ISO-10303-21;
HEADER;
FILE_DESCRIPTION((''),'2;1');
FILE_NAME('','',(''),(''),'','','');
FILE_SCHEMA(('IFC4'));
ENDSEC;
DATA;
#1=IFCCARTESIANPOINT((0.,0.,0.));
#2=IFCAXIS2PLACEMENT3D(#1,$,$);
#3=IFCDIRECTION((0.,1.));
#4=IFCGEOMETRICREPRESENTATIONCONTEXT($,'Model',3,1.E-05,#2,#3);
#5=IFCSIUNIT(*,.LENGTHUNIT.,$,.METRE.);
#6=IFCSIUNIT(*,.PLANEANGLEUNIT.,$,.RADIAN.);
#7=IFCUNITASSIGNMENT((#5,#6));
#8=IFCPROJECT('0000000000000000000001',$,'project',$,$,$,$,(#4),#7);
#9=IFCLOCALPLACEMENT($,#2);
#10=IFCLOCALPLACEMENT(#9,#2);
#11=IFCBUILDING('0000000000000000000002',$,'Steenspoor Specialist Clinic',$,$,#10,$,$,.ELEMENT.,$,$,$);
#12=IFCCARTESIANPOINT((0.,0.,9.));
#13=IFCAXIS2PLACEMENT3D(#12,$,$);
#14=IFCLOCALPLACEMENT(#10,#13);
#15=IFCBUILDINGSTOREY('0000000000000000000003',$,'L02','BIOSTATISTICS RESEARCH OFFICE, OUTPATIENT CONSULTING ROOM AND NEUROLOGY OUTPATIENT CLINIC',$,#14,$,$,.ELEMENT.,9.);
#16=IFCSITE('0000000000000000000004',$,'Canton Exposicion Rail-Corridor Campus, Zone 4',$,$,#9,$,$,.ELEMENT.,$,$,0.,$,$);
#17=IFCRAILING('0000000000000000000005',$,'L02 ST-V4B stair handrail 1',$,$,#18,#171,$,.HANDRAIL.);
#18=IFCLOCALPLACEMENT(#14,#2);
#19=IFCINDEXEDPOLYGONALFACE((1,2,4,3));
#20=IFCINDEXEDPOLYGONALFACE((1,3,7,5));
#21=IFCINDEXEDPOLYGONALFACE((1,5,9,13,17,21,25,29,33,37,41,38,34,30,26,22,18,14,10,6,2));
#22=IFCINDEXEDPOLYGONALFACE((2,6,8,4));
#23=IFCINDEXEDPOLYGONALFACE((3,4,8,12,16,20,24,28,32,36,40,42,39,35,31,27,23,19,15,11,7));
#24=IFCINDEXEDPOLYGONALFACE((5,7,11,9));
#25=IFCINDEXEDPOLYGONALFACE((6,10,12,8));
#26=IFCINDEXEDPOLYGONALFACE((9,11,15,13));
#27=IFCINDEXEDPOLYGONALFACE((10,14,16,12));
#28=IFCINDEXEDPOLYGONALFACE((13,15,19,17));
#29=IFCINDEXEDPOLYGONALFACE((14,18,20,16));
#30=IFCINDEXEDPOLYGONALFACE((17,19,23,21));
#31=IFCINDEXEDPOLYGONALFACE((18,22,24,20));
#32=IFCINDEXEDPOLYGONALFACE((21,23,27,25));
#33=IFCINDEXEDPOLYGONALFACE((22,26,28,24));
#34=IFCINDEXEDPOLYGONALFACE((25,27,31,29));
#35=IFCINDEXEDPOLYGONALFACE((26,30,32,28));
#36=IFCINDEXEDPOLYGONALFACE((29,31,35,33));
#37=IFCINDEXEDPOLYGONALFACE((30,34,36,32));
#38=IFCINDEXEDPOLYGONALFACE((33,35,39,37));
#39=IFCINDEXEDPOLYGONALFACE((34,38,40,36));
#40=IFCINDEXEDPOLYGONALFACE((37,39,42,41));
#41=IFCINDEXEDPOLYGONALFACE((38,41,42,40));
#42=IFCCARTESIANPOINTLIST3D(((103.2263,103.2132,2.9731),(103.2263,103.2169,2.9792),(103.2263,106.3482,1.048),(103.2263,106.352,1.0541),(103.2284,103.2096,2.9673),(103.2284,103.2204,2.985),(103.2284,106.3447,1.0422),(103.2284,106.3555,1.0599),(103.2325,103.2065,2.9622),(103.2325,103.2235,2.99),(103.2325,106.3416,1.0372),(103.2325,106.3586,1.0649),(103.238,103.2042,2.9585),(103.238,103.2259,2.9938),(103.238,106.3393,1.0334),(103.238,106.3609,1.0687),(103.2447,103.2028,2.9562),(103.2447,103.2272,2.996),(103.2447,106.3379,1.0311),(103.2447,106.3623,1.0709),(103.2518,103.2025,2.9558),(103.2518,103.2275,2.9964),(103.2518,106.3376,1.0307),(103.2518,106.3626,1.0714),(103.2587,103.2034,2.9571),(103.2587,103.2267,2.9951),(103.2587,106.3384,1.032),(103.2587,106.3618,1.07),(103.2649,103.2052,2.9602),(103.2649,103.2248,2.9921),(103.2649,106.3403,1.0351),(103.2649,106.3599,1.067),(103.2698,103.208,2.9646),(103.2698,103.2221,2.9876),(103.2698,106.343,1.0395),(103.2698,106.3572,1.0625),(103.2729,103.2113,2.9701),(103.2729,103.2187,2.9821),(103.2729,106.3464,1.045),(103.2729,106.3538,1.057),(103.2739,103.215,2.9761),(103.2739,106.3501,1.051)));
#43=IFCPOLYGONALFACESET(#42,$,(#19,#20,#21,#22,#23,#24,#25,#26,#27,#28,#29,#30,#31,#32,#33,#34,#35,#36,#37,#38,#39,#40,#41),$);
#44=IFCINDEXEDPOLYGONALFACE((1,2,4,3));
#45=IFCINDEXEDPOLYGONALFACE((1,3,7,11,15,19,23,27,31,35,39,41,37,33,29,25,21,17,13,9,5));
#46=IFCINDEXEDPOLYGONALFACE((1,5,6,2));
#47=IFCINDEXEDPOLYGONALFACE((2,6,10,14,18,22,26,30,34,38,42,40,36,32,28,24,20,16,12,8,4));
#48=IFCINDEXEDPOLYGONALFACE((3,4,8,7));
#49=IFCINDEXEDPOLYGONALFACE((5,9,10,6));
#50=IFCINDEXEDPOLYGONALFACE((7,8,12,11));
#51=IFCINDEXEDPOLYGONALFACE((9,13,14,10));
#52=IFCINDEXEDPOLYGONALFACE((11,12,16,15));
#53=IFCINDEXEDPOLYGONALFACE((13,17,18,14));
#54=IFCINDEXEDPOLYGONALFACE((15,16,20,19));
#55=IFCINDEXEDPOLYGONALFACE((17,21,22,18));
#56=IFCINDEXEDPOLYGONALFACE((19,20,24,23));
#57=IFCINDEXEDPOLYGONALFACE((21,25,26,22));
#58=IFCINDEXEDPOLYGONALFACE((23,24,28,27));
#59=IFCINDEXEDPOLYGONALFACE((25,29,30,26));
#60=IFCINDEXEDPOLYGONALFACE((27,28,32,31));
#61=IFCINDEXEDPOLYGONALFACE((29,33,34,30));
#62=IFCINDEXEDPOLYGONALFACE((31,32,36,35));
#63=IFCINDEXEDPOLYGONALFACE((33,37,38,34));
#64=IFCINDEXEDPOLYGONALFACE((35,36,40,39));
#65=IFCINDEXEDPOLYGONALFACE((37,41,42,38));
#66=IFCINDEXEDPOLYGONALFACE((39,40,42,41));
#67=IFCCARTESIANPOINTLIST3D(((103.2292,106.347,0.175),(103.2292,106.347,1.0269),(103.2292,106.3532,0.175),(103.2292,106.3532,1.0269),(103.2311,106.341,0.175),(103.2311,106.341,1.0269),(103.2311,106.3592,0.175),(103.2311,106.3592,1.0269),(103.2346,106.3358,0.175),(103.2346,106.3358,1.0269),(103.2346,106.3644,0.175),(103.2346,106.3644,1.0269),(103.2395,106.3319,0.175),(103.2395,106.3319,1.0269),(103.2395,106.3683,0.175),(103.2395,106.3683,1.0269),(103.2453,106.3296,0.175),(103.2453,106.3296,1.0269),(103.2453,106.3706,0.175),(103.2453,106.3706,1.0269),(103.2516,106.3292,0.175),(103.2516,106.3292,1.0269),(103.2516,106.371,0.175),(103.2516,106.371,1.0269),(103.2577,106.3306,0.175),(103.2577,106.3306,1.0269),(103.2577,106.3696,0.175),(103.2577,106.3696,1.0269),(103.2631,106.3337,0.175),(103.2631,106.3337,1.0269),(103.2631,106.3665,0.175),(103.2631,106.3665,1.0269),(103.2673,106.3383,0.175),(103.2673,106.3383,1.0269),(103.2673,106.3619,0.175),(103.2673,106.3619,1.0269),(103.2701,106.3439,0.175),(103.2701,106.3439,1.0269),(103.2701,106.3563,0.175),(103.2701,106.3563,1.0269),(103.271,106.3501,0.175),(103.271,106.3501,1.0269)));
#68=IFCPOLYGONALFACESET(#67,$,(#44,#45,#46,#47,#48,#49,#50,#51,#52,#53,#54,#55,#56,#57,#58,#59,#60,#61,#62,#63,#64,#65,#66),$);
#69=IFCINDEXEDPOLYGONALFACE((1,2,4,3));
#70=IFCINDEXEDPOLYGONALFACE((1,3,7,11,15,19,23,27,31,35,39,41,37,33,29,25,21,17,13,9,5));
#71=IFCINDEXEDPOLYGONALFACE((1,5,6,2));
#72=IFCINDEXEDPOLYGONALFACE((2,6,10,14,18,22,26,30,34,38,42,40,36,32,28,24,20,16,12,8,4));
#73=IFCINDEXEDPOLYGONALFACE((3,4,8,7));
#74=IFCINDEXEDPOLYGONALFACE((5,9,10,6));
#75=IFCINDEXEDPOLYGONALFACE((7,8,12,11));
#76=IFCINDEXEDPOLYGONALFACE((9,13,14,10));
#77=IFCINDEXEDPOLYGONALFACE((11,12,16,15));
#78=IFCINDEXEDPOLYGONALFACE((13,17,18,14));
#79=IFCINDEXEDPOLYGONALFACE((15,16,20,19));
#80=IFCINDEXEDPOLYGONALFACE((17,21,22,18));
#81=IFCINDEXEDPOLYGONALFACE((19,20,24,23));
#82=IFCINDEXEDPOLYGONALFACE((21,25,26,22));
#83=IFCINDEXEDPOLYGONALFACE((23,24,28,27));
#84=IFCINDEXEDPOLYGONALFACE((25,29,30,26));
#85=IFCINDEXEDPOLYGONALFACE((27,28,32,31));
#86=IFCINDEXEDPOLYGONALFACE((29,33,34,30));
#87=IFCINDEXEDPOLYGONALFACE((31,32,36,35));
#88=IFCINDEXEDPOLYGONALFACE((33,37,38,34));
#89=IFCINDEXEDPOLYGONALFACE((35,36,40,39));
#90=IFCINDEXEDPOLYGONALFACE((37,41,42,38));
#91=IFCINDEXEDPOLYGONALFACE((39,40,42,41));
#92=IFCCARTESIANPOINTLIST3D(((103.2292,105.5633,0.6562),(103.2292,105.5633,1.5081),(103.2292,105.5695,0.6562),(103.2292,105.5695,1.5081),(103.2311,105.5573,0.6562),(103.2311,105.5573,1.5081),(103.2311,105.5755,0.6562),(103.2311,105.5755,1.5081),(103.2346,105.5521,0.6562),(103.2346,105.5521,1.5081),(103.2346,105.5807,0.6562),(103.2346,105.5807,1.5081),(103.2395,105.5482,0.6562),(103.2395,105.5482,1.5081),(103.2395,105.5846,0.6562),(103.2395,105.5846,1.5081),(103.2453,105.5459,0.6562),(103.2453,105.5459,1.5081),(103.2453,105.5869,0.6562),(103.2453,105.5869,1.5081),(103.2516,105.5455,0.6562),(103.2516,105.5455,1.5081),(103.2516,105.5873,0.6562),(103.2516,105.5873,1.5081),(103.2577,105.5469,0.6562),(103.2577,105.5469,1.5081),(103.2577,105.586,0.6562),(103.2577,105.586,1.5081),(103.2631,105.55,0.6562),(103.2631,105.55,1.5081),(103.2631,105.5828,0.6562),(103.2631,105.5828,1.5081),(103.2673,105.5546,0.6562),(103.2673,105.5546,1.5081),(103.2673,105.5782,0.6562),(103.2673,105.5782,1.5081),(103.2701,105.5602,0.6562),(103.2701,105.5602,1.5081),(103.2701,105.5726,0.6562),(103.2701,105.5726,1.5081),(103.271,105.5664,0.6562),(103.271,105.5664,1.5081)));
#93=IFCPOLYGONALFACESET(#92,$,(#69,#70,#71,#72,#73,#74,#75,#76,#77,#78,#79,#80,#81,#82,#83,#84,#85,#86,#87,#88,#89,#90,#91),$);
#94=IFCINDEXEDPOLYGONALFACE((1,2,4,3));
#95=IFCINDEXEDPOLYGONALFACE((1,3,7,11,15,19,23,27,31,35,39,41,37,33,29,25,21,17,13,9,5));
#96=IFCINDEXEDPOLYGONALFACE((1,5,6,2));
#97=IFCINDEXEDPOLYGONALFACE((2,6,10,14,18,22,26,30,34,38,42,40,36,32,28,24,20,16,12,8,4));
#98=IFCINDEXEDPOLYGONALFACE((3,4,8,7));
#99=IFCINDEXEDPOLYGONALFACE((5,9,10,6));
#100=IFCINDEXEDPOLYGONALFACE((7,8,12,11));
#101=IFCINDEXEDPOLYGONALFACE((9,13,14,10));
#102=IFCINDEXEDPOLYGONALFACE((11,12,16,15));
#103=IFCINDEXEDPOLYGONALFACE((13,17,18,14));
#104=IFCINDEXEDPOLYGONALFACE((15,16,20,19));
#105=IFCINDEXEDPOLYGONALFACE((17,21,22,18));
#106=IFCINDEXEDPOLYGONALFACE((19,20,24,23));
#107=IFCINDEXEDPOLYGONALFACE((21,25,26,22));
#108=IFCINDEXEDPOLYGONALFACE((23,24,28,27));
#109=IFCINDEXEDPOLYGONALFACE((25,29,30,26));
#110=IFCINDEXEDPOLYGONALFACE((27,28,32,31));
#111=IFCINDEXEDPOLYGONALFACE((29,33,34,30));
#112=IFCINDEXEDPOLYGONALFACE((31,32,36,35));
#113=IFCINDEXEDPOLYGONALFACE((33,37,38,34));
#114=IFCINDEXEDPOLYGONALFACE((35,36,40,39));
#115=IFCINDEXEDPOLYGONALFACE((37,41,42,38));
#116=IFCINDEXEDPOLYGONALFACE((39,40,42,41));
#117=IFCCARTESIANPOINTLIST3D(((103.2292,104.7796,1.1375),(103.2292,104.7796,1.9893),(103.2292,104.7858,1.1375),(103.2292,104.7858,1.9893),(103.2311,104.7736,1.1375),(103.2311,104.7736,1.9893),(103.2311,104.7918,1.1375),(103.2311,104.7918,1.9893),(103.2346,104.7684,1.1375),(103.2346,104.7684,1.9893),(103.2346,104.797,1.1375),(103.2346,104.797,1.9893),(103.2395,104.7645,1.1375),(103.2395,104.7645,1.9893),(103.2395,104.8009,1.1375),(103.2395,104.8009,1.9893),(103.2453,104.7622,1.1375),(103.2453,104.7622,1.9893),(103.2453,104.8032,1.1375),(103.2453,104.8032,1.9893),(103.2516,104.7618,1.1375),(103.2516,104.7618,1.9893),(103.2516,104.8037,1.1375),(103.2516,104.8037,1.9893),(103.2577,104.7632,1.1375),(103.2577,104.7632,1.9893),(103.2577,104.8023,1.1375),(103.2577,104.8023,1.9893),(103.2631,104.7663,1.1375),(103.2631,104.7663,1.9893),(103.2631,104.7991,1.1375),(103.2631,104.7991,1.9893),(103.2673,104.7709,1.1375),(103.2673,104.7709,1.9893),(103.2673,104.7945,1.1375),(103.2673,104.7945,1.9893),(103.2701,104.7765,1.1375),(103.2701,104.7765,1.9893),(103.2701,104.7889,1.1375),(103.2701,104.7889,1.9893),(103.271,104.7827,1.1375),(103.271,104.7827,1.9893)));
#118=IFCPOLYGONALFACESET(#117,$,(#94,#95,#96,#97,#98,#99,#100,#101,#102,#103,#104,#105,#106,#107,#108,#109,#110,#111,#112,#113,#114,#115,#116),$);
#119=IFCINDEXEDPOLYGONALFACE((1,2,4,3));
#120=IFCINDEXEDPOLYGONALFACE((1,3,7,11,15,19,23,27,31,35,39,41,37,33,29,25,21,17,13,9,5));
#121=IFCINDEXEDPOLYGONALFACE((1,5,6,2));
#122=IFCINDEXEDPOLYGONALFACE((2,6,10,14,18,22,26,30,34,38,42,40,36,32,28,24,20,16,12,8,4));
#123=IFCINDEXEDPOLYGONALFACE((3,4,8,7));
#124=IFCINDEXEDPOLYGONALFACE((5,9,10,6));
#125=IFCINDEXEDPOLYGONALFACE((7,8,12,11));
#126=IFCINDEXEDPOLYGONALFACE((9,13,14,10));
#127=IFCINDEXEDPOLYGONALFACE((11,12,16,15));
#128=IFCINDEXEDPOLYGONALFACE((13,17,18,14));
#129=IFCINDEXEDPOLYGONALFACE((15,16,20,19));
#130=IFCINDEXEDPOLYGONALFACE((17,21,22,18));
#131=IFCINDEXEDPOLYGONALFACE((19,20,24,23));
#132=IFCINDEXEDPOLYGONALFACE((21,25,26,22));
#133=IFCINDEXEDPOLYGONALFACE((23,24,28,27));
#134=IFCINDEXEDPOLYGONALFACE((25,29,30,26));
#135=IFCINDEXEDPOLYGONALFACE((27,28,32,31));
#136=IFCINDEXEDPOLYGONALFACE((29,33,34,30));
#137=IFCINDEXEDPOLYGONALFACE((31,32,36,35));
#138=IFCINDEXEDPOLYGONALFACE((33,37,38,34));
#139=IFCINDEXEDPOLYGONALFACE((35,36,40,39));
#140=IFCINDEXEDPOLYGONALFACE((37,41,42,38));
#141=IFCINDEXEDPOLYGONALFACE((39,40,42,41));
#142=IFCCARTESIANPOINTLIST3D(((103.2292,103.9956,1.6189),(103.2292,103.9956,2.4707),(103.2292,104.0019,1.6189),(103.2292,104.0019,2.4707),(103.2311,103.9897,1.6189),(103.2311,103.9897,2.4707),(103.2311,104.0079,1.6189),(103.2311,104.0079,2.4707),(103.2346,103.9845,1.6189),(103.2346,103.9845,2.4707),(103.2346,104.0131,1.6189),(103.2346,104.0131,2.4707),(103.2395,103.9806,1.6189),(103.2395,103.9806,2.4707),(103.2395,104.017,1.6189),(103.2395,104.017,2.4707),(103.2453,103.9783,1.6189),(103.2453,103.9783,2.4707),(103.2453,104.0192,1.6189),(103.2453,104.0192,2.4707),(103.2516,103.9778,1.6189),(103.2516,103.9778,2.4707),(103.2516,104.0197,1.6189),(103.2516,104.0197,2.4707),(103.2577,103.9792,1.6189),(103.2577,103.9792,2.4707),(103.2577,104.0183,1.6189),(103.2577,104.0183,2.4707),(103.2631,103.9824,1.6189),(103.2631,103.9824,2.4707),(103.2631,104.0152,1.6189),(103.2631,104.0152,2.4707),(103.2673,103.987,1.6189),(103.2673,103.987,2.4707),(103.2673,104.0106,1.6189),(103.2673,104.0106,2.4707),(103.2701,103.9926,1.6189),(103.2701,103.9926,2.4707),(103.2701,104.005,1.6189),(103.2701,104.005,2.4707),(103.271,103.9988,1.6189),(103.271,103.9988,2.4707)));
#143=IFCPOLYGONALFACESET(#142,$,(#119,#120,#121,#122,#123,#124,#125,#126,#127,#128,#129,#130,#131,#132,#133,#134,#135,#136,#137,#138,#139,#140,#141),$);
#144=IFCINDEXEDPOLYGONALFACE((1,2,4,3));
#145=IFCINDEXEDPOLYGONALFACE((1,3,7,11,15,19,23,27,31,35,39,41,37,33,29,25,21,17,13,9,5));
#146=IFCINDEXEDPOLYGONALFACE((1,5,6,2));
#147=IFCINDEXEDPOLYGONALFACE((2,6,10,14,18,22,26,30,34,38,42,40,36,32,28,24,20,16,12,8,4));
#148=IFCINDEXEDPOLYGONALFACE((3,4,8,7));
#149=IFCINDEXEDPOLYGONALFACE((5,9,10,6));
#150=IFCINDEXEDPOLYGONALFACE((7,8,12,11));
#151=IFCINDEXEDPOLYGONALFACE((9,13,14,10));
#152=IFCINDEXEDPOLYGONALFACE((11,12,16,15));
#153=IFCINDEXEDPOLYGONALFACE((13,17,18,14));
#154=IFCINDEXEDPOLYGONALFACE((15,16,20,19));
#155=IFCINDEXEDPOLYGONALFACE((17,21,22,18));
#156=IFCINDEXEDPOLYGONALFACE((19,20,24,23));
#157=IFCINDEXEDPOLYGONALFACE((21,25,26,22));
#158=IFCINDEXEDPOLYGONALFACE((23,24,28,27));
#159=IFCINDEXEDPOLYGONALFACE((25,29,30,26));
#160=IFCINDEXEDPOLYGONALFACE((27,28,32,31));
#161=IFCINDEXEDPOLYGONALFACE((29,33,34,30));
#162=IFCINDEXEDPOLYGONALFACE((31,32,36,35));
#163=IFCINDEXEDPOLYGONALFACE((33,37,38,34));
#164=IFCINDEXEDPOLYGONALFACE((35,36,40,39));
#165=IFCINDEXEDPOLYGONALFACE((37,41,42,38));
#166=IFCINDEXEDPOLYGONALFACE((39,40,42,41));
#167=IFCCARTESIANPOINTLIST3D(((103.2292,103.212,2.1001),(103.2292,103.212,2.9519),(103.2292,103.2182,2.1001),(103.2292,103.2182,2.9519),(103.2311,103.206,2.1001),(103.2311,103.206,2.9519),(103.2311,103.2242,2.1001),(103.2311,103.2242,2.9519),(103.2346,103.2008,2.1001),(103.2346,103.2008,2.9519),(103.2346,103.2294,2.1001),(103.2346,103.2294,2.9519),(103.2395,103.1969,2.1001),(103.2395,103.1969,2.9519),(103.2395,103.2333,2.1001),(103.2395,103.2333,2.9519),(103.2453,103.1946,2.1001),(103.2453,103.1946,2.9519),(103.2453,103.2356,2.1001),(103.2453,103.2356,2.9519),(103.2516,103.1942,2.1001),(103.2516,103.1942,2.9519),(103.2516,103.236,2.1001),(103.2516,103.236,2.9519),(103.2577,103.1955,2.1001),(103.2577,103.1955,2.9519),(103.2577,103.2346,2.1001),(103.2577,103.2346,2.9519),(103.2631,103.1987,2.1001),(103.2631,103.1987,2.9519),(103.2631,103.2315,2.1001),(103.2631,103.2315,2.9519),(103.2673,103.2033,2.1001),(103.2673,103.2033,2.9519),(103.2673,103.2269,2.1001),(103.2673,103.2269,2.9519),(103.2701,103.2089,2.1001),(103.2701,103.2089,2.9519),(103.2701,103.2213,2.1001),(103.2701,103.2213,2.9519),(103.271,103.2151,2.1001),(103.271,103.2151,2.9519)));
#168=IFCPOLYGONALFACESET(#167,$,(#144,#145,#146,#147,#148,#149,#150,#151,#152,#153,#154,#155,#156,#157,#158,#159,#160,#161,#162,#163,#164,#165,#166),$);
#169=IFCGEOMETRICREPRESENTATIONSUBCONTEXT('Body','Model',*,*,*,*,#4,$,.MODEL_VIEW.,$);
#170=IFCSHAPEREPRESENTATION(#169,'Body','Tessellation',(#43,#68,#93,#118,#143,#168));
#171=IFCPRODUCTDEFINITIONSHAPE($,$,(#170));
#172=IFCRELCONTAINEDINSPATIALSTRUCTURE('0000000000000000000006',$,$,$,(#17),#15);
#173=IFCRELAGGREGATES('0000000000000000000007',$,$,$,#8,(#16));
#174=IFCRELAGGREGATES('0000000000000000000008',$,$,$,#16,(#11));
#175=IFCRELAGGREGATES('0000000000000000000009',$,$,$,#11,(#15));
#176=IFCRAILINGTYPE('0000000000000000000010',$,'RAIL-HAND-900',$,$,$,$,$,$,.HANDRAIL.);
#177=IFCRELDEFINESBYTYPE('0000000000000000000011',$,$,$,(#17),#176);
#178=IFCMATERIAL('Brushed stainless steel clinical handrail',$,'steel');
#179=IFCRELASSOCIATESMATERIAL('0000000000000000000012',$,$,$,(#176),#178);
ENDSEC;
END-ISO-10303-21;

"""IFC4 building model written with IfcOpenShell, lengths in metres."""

from ifc_helpers import new_model, si_unit, direction, frame, origin, origin_2d, place, context, subcontext, project, spatial, circle, extrude, material, type_object, element, save


model = new_model("IFC4")

# Units and contexts
model_context = context("Model", 3, precision=1e-05, world=origin(), true_north=direction((0.0, 1.0)))
body_context = subcontext(model_context, "Body", "Model", "MODEL_VIEW")
ifc_project = project(units=[si_unit("LENGTHUNIT", "METRE"), si_unit("PLANEANGLEUNIT", "RADIAN")], contexts=[model_context])

# Site, building, storey
site_placement = place(None, origin())
site = spatial("IfcSite", under=ifc_project, at=site_placement, Name="Canton Exposicion Rail-Corridor Campus, Zone 4", CompositionType="ELEMENT", RefElevation=0.0)
building_placement = place(site_placement, origin())
building = spatial("IfcBuilding", under=site, at=building_placement, Name="Steenspoor Specialist Clinic", CompositionType="ELEMENT")
storey_placement = place(building_placement, frame((0.0, 0.0, 9.0)))
storey = spatial("IfcBuildingStorey", under=building, at=storey_placement, Name="L02", Description="BIOSTATISTICS RESEARCH OFFICE, OUTPATIENT CONSULTING ROOM AND NEUROLOGY OUTPATIENT CLINIC", CompositionType="ELEMENT", Elevation=9.0)

# Railing
ifc_material_1 = material(Name="Brushed stainless steel clinical handrail", Category="steel")
railing_type_1 = type_object("IfcRailingType", Name="RAIL-HAND-900", PredefinedType="HANDRAIL", material=ifc_material_1)
railing_1_placement = place(storey_placement, frame((103.25, 106.3501, 0.175)))
element("IfcRailing", 1, at=railing_1_placement, inside=storey, type_object=railing_type_1, Name="L02 ST-V4B stair handrail 1", PredefinedType="HANDRAIL", context=body_context, shape_type="SweptSolid", body=[
    extrude(circle(Radius=0.0239, at=origin_2d()), frame((0.0, 0.0, 0.876), z_axis=(0.0, -0.852166, 0.523271), x_axis=(1.0, 0.0, 0.0)), (0.0, 0.0, 1.0), 3.679),
    extrude(circle(Radius=0.021, at=origin_2d()), origin(), (0.0, 0.0, 1.0), 0.8518),
    extrude(circle(Radius=0.021, at=origin_2d()), frame((0.0, -0.7837, 0.4812)), (0.0, 0.0, 1.0), 0.8518),
    extrude(circle(Radius=0.021, at=origin_2d()), frame((0.0, -1.5674, 0.9624)), (0.0, 0.0, 1.0), 0.8518),
    extrude(circle(Radius=0.021, at=origin_2d()), frame((0.0, -2.3513, 1.4438)), (0.0, 0.0, 1.0), 0.8518),
    extrude(circle(Radius=0.021, at=origin_2d()), frame((0.0, -3.135, 1.925)), (0.0, 0.0, 1.0), 0.8518),
])

save(model, "model.ifc")
